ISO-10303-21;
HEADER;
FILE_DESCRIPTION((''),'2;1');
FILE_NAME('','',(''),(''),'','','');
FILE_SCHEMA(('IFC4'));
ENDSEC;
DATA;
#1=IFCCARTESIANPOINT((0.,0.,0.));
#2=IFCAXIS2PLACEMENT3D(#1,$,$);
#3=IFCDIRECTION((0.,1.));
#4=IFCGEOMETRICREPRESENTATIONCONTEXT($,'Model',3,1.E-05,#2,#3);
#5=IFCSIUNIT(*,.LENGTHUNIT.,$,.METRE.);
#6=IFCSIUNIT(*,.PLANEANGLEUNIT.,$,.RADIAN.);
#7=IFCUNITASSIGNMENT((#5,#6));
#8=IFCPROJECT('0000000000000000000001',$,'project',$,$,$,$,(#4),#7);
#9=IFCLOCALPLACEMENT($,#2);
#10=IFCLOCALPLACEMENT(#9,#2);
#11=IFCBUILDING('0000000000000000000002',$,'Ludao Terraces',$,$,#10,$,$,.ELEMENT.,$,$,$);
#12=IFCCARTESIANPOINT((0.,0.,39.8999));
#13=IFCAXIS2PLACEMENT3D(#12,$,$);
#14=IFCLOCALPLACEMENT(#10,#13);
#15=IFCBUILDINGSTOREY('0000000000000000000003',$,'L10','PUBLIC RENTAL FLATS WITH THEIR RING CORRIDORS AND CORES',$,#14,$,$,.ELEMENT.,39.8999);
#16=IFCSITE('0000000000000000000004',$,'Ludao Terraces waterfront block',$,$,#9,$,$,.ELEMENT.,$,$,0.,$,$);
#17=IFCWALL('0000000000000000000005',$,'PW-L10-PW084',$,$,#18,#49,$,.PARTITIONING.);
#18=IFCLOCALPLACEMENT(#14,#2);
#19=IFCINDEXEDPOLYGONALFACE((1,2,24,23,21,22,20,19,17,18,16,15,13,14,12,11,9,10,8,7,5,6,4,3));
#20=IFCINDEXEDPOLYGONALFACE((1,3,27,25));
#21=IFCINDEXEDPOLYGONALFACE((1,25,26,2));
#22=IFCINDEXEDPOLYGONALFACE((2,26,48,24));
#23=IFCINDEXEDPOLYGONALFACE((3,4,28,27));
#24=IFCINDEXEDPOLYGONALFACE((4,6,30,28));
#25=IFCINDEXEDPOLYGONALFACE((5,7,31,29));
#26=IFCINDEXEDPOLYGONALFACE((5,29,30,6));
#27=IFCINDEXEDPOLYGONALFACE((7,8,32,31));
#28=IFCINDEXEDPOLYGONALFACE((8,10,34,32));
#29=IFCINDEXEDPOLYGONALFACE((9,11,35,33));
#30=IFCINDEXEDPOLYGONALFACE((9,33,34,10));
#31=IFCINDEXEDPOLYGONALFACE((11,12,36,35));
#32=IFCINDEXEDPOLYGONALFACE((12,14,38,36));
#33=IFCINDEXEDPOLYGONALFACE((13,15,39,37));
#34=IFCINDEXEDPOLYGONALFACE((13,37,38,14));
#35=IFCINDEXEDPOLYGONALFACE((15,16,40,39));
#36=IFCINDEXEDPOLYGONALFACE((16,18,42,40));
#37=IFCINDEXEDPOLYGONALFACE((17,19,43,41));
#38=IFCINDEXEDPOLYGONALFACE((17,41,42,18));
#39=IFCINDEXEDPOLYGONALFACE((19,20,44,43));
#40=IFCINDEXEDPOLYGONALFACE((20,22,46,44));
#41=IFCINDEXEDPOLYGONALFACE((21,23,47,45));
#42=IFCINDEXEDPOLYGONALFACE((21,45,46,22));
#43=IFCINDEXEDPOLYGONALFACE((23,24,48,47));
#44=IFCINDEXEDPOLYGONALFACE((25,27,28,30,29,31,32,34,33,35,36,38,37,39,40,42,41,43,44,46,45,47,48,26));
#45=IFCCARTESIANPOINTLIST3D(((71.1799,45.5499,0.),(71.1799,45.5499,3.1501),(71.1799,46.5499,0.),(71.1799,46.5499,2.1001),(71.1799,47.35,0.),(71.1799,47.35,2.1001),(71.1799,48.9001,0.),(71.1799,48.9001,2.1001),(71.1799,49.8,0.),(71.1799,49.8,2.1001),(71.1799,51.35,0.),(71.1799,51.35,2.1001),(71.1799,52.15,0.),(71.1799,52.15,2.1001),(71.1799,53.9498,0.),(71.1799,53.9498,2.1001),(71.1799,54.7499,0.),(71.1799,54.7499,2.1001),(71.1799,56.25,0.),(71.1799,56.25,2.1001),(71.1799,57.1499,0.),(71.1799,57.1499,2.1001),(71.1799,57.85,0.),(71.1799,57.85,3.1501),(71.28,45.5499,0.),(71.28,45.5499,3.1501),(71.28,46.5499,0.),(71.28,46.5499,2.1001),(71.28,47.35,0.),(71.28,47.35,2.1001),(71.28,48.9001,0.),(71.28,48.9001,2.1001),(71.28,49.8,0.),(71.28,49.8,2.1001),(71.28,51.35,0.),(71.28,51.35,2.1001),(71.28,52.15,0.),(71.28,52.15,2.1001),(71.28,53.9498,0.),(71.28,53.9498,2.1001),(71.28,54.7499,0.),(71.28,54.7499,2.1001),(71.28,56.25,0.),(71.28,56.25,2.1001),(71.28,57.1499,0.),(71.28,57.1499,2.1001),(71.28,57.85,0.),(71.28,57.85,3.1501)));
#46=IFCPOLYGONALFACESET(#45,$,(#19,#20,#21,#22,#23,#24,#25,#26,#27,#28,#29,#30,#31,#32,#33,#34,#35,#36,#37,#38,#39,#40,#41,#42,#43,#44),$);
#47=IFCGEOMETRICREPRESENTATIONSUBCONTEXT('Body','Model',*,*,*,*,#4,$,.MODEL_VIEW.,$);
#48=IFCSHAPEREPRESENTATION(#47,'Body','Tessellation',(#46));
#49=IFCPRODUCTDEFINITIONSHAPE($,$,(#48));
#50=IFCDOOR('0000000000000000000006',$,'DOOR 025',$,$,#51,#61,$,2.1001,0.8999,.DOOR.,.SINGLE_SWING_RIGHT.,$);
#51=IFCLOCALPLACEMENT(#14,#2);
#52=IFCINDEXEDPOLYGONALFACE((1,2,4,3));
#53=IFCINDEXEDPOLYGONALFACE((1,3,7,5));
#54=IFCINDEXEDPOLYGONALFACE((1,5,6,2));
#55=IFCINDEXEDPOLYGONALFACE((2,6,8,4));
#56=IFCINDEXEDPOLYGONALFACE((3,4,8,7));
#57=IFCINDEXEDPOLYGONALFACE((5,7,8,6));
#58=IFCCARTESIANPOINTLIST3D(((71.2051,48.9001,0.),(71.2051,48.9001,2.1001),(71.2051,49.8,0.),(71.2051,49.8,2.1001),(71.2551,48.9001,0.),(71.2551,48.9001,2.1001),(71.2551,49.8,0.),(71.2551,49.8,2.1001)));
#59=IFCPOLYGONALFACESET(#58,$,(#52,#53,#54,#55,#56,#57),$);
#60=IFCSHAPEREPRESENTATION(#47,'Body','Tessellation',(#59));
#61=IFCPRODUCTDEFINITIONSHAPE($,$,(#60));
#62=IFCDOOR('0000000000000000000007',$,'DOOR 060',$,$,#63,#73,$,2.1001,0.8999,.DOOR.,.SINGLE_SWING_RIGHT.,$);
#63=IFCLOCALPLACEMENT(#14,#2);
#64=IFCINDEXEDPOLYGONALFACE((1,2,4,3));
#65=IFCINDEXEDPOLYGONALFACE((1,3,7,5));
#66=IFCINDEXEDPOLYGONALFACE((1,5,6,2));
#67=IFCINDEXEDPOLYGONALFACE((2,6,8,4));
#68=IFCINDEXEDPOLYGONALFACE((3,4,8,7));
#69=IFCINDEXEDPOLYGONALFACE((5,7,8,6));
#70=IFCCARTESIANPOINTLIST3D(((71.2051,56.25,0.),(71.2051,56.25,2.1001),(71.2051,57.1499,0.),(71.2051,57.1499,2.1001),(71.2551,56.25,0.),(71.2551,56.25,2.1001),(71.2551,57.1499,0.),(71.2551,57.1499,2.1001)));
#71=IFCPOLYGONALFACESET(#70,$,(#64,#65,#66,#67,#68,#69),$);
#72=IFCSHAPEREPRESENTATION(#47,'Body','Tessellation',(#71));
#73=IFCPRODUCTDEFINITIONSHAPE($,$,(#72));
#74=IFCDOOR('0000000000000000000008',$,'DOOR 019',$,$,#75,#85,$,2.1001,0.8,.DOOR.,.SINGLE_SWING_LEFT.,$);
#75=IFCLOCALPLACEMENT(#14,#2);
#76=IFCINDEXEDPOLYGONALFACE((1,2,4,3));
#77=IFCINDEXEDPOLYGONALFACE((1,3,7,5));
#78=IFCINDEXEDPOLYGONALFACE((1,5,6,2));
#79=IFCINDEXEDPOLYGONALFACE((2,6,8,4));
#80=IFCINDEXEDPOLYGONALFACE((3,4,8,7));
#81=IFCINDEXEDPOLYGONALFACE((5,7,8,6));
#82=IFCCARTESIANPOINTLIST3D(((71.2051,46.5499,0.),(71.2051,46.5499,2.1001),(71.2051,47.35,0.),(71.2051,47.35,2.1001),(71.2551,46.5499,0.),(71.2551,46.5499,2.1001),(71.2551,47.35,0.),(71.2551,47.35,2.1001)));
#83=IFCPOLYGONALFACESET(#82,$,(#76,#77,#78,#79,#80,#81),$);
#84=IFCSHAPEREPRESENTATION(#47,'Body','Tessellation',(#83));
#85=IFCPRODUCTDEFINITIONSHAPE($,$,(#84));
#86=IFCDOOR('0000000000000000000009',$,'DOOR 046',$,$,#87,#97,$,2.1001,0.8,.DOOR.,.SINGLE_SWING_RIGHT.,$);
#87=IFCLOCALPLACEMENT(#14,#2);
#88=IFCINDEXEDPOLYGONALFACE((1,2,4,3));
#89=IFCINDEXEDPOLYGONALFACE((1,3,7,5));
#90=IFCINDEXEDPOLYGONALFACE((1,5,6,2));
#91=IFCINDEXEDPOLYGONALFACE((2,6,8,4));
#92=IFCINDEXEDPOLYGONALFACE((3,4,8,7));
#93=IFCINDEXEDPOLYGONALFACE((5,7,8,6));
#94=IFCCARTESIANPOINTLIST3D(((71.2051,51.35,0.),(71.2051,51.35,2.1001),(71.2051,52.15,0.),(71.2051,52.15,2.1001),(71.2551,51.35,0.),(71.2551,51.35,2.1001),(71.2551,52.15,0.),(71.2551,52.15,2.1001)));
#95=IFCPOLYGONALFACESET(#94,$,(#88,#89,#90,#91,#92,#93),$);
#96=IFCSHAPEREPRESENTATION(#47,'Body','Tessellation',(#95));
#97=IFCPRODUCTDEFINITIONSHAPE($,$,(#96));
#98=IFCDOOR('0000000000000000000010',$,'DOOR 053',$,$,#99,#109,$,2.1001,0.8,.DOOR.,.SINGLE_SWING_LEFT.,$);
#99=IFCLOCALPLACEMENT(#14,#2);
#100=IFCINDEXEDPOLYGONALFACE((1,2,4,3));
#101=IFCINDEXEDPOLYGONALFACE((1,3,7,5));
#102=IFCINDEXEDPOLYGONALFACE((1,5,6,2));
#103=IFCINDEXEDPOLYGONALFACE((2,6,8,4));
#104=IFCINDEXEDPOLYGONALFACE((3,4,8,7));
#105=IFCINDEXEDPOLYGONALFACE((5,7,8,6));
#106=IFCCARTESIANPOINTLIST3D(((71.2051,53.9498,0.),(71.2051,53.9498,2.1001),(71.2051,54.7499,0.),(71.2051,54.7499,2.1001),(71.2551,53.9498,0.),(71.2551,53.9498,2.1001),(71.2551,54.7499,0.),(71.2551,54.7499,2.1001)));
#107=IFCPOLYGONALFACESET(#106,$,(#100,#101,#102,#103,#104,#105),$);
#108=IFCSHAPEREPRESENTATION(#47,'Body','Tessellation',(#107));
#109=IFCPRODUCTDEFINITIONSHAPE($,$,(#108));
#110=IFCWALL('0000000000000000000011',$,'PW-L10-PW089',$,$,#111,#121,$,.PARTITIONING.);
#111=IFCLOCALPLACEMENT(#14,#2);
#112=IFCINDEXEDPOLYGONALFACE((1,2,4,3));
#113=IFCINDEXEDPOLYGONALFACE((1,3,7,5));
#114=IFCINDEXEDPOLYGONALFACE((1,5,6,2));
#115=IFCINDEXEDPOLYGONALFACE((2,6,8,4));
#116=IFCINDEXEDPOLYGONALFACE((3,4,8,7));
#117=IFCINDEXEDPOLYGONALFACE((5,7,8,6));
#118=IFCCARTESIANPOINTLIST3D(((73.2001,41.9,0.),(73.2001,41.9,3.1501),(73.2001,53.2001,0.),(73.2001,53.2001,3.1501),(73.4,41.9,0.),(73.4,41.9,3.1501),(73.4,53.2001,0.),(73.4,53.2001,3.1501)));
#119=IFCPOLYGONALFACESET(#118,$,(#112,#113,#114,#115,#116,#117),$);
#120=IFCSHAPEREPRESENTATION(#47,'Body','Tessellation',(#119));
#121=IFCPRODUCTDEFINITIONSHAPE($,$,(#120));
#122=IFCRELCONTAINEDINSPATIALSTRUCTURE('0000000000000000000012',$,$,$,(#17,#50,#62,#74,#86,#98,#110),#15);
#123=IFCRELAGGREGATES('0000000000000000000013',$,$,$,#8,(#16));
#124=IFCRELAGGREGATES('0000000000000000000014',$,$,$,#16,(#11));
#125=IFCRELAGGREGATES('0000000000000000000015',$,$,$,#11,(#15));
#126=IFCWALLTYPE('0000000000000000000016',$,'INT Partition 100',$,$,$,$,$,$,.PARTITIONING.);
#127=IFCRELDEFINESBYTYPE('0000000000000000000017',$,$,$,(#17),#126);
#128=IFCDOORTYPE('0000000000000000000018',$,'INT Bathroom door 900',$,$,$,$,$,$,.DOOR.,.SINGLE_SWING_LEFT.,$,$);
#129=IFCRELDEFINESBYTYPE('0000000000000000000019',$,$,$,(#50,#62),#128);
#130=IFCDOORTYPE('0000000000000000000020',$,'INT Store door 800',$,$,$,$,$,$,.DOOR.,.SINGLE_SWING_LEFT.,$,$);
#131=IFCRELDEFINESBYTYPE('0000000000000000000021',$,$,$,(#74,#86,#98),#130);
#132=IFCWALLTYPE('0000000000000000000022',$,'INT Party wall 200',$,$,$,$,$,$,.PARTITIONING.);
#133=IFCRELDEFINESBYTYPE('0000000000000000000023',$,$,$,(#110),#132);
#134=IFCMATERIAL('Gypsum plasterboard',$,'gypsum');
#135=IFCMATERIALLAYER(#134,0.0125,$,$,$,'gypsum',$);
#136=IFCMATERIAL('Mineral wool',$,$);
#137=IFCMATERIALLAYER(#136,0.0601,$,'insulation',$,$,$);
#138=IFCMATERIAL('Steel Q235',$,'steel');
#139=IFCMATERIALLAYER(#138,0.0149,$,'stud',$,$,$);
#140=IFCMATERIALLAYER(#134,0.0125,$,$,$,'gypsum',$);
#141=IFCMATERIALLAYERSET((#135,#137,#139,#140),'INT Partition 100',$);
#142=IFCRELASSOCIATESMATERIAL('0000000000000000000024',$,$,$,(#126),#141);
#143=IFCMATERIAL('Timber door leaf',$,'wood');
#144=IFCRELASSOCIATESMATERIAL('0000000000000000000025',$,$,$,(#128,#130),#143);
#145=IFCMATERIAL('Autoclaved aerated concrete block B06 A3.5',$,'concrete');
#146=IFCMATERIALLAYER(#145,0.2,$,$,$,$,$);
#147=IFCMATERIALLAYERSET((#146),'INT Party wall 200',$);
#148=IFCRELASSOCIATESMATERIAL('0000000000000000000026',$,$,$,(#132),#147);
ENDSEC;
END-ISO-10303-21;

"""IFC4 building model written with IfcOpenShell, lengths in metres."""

from ifc_helpers import new_model, si_unit, direction, frame, frame_2d, origin, place, context, subcontext, project, spatial, rectangle, extrude, material, layer, layer_set, type_object, element, fill, save


model = new_model("IFC4")

# Units and contexts
model_context = context("Model", 3, precision=1e-05, world=origin(), true_north=direction((0.0, 1.0)))
body_context = subcontext(model_context, "Body", "Model", "MODEL_VIEW")
ifc_project = project(units=[si_unit("LENGTHUNIT", "METRE"), si_unit("PLANEANGLEUNIT", "RADIAN")], contexts=[model_context])

# Site, building, storey
site_placement = place(None, origin())
site = spatial("IfcSite", under=ifc_project, at=site_placement, Name="Ludao Terraces waterfront block", CompositionType="ELEMENT", RefElevation=0.0)
building_placement = place(site_placement, origin())
building = spatial("IfcBuilding", under=site, at=building_placement, Name="Ludao Terraces", CompositionType="ELEMENT")
storey_placement = place(building_placement, frame((0.0, 0.0, 39.8999)))
storey = spatial("IfcBuildingStorey", under=building, at=storey_placement, Name="L10", Description="PUBLIC RENTAL FLATS WITH THEIR RING CORRIDORS AND CORES", CompositionType="ELEMENT", Elevation=39.8999)

# Shared definitions
ifc_material_1 = material(Name="Gypsum plasterboard", Category="gypsum")
ifc_layer_1 = layer(ifc_material_1, 0.0125, Category="gypsum")
ifc_material_2 = material(Name="Mineral wool")
ifc_layer_2 = layer(ifc_material_2, 0.0601, Name="insulation")
ifc_material_3 = material(Name="Steel Q235", Category="steel")
ifc_layer_3 = layer(ifc_material_3, 0.0149, Name="stud")
ifc_layer_4 = layer(ifc_material_1, 0.0125, Category="gypsum")
ifc_layer_set_1 = layer_set([ifc_layer_1, ifc_layer_2, ifc_layer_3, ifc_layer_4], Name="INT Partition 100")
wall_type_1 = type_object("IfcWallType", Name="INT Partition 100", PredefinedType="PARTITIONING", material=ifc_layer_set_1)
ifc_material_4 = material(Name="Timber door leaf", Category="wood")
door_type_1 = type_object("IfcDoorType", Name="INT Bathroom door 900", OperationType="SINGLE_SWING_LEFT", PredefinedType="DOOR", material=ifc_material_4)

# Wall, openings, doors
wall_1_placement = place(storey_placement, frame((71.23, 45.55, 0.0), z_axis=(0.0, 0.0, 1.0), x_axis=(0.0, 1.0, 0.0)))
wall_1 = element("IfcWall", 1, at=wall_1_placement, inside=storey, type_object=wall_type_1, Name="PW-L10-PW084", PredefinedType="PARTITIONING", context=body_context, shape_type="SweptSolid", body=[
    extrude(rectangle(XDim=12.3, YDim=0.1001, at=frame_2d((6.1499, 0.0))), origin(), (0.0, 0.0, 1.0), 3.1501),
])
opening_1_placement = place(wall_1_placement, frame((1.0, 0.0, 0.0)))
opening_1 = element("IfcOpeningElement", 2, at=opening_1_placement, cuts=wall_1, PredefinedType="OPENING", context=body_context, shape_type="SweptSolid", body=[
    extrude(rectangle(XDim=0.8, YDim=2.1001, at=frame_2d((0.3999, 1.05))), frame((0.0, 0.0601, 0.0), z_axis=(0.0, -1.0, 0.0), x_axis=(1.0, 0.0, 0.0)), (0.0, 0.0, 1.0), 0.1201),
])
opening_2_placement = place(wall_1_placement, frame((3.3501, 0.0, 0.0)))
opening_2 = element("IfcOpeningElement", 3, at=opening_2_placement, cuts=wall_1, PredefinedType="OPENING", context=body_context, shape_type="SweptSolid", body=[
    extrude(rectangle(XDim=0.8999, YDim=2.1001, at=frame_2d((0.45, 1.05))), frame((0.0, 0.0601, 0.0), z_axis=(0.0, -1.0, 0.0), x_axis=(1.0, 0.0, 0.0)), (0.0, 0.0, 1.0), 0.1201),
])
opening_3_placement = place(wall_1_placement, frame((5.8, 0.0, 0.0)))
opening_3 = element("IfcOpeningElement", 4, at=opening_3_placement, cuts=wall_1, PredefinedType="OPENING", context=body_context, shape_type="SweptSolid", body=[
    extrude(rectangle(XDim=0.8, YDim=2.1001, at=frame_2d((0.3999, 1.05))), frame((0.0, 0.0601, 0.0), z_axis=(0.0, -1.0, 0.0), x_axis=(1.0, 0.0, 0.0)), (0.0, 0.0, 1.0), 0.1201),
])
opening_4_placement = place(wall_1_placement, frame((8.3999, 0.0, 0.0)))
opening_4 = element("IfcOpeningElement", 5, at=opening_4_placement, cuts=wall_1, PredefinedType="OPENING", context=body_context, shape_type="SweptSolid", body=[
    extrude(rectangle(XDim=0.8, YDim=2.1001, at=frame_2d((0.3999, 1.05))), frame((0.0, 0.0601, 0.0), z_axis=(0.0, -1.0, 0.0), x_axis=(1.0, 0.0, 0.0)), (0.0, 0.0, 1.0), 0.1201),
])
opening_5_placement = place(wall_1_placement, frame((10.7, 0.0, 0.0)))
opening_5 = element("IfcOpeningElement", 6, at=opening_5_placement, cuts=wall_1, PredefinedType="OPENING", context=body_context, shape_type="SweptSolid", body=[
    extrude(rectangle(XDim=0.8999, YDim=2.1001, at=frame_2d((0.45, 1.05))), frame((0.0, 0.0601, 0.0), z_axis=(0.0, -1.0, 0.0), x_axis=(1.0, 0.0, 0.0)), (0.0, 0.0, 1.0), 0.1201),
])
door_1_placement = place(opening_2_placement, origin())
door_1 = element("IfcDoor", 7, at=door_1_placement, inside=storey, type_object=door_type_1, Name="DOOR 025", OperationType="SINGLE_SWING_RIGHT", OverallHeight=2.1001, OverallWidth=0.8999, PredefinedType="DOOR", context=body_context, shape_type="SweptSolid", body=[
    extrude(rectangle(XDim=0.8999, YDim=2.1001, at=frame_2d((0.45, 1.05))), frame((0.0, 0.0249, 0.0), z_axis=(0.0, -1.0, 0.0), x_axis=(1.0, 0.0, 0.0)), (0.0, 0.0, 1.0), 0.05),
])
fill(opening_2, door_1)
door_2_placement = place(opening_5_placement, origin())
door_2 = element("IfcDoor", 8, at=door_2_placement, inside=storey, type_object=door_type_1, Name="DOOR 060", OperationType="SINGLE_SWING_RIGHT", OverallHeight=2.1001, OverallWidth=0.8999, PredefinedType="DOOR", context=body_context, shape_type="SweptSolid", body=[
    extrude(rectangle(XDim=0.8999, YDim=2.1001, at=frame_2d((0.45, 1.05))), frame((0.0, 0.0249, 0.0), z_axis=(0.0, -1.0, 0.0), x_axis=(1.0, 0.0, 0.0)), (0.0, 0.0, 1.0), 0.05),
])
fill(opening_5, door_2)
door_type_2 = type_object("IfcDoorType", Name="INT Store door 800", OperationType="SINGLE_SWING_LEFT", PredefinedType="DOOR", material=ifc_material_4)
door_3_placement = place(opening_1_placement, origin())
door_3 = element("IfcDoor", 9, at=door_3_placement, inside=storey, type_object=door_type_2, Name="DOOR 019", OperationType="SINGLE_SWING_LEFT", OverallHeight=2.1001, OverallWidth=0.8, PredefinedType="DOOR", context=body_context, shape_type="SweptSolid", body=[
    extrude(rectangle(XDim=0.8, YDim=2.1001, at=frame_2d((0.3999, 1.05))), frame((0.0, 0.0249, 0.0), z_axis=(0.0, -1.0, 0.0), x_axis=(1.0, 0.0, 0.0)), (0.0, 0.0, 1.0), 0.05),
])
fill(opening_1, door_3)
door_4_placement = place(opening_3_placement, origin())
door_4 = element("IfcDoor", 10, at=door_4_placement, inside=storey, type_object=door_type_2, Name="DOOR 046", OperationType="SINGLE_SWING_RIGHT", OverallHeight=2.1001, OverallWidth=0.8, PredefinedType="DOOR", context=body_context, shape_type="SweptSolid", body=[
    extrude(rectangle(XDim=0.8, YDim=2.1001, at=frame_2d((0.3999, 1.05))), frame((0.0, 0.0249, 0.0), z_axis=(0.0, -1.0, 0.0), x_axis=(1.0, 0.0, 0.0)), (0.0, 0.0, 1.0), 0.05),
])
fill(opening_3, door_4)
door_5_placement = place(opening_4_placement, origin())
door_5 = element("IfcDoor", 11, at=door_5_placement, inside=storey, type_object=door_type_2, Name="DOOR 053", OperationType="SINGLE_SWING_LEFT", OverallHeight=2.1001, OverallWidth=0.8, PredefinedType="DOOR", context=body_context, shape_type="SweptSolid", body=[
    extrude(rectangle(XDim=0.8, YDim=2.1001, at=frame_2d((0.3999, 1.05))), frame((0.0, 0.0249, 0.0), z_axis=(0.0, -1.0, 0.0), x_axis=(1.0, 0.0, 0.0)), (0.0, 0.0, 1.0), 0.05),
])
fill(opening_4, door_5)

# Wall
ifc_material_5 = material(Name="Autoclaved aerated concrete block B06 A3.5", Category="concrete")
ifc_layer_5 = layer(ifc_material_5, 0.2)
ifc_layer_set_2 = layer_set([ifc_layer_5], Name="INT Party wall 200")
wall_type_2 = type_object("IfcWallType", Name="INT Party wall 200", PredefinedType="PARTITIONING", material=ifc_layer_set_2)
wall_2_placement = place(storey_placement, frame((73.3, 41.9001, 0.0), z_axis=(0.0, 0.0, 1.0), x_axis=(0.0, 1.0, 0.0)))
element("IfcWall", 12, at=wall_2_placement, inside=storey, type_object=wall_type_2, Name="PW-L10-PW089", PredefinedType="PARTITIONING", context=body_context, shape_type="SweptSolid", body=[
    extrude(rectangle(XDim=11.3, YDim=0.2, at=frame_2d((5.6499, 0.0))), origin(), (0.0, 0.0, 1.0), 3.1501),
])

save(model, "model.ifc")
